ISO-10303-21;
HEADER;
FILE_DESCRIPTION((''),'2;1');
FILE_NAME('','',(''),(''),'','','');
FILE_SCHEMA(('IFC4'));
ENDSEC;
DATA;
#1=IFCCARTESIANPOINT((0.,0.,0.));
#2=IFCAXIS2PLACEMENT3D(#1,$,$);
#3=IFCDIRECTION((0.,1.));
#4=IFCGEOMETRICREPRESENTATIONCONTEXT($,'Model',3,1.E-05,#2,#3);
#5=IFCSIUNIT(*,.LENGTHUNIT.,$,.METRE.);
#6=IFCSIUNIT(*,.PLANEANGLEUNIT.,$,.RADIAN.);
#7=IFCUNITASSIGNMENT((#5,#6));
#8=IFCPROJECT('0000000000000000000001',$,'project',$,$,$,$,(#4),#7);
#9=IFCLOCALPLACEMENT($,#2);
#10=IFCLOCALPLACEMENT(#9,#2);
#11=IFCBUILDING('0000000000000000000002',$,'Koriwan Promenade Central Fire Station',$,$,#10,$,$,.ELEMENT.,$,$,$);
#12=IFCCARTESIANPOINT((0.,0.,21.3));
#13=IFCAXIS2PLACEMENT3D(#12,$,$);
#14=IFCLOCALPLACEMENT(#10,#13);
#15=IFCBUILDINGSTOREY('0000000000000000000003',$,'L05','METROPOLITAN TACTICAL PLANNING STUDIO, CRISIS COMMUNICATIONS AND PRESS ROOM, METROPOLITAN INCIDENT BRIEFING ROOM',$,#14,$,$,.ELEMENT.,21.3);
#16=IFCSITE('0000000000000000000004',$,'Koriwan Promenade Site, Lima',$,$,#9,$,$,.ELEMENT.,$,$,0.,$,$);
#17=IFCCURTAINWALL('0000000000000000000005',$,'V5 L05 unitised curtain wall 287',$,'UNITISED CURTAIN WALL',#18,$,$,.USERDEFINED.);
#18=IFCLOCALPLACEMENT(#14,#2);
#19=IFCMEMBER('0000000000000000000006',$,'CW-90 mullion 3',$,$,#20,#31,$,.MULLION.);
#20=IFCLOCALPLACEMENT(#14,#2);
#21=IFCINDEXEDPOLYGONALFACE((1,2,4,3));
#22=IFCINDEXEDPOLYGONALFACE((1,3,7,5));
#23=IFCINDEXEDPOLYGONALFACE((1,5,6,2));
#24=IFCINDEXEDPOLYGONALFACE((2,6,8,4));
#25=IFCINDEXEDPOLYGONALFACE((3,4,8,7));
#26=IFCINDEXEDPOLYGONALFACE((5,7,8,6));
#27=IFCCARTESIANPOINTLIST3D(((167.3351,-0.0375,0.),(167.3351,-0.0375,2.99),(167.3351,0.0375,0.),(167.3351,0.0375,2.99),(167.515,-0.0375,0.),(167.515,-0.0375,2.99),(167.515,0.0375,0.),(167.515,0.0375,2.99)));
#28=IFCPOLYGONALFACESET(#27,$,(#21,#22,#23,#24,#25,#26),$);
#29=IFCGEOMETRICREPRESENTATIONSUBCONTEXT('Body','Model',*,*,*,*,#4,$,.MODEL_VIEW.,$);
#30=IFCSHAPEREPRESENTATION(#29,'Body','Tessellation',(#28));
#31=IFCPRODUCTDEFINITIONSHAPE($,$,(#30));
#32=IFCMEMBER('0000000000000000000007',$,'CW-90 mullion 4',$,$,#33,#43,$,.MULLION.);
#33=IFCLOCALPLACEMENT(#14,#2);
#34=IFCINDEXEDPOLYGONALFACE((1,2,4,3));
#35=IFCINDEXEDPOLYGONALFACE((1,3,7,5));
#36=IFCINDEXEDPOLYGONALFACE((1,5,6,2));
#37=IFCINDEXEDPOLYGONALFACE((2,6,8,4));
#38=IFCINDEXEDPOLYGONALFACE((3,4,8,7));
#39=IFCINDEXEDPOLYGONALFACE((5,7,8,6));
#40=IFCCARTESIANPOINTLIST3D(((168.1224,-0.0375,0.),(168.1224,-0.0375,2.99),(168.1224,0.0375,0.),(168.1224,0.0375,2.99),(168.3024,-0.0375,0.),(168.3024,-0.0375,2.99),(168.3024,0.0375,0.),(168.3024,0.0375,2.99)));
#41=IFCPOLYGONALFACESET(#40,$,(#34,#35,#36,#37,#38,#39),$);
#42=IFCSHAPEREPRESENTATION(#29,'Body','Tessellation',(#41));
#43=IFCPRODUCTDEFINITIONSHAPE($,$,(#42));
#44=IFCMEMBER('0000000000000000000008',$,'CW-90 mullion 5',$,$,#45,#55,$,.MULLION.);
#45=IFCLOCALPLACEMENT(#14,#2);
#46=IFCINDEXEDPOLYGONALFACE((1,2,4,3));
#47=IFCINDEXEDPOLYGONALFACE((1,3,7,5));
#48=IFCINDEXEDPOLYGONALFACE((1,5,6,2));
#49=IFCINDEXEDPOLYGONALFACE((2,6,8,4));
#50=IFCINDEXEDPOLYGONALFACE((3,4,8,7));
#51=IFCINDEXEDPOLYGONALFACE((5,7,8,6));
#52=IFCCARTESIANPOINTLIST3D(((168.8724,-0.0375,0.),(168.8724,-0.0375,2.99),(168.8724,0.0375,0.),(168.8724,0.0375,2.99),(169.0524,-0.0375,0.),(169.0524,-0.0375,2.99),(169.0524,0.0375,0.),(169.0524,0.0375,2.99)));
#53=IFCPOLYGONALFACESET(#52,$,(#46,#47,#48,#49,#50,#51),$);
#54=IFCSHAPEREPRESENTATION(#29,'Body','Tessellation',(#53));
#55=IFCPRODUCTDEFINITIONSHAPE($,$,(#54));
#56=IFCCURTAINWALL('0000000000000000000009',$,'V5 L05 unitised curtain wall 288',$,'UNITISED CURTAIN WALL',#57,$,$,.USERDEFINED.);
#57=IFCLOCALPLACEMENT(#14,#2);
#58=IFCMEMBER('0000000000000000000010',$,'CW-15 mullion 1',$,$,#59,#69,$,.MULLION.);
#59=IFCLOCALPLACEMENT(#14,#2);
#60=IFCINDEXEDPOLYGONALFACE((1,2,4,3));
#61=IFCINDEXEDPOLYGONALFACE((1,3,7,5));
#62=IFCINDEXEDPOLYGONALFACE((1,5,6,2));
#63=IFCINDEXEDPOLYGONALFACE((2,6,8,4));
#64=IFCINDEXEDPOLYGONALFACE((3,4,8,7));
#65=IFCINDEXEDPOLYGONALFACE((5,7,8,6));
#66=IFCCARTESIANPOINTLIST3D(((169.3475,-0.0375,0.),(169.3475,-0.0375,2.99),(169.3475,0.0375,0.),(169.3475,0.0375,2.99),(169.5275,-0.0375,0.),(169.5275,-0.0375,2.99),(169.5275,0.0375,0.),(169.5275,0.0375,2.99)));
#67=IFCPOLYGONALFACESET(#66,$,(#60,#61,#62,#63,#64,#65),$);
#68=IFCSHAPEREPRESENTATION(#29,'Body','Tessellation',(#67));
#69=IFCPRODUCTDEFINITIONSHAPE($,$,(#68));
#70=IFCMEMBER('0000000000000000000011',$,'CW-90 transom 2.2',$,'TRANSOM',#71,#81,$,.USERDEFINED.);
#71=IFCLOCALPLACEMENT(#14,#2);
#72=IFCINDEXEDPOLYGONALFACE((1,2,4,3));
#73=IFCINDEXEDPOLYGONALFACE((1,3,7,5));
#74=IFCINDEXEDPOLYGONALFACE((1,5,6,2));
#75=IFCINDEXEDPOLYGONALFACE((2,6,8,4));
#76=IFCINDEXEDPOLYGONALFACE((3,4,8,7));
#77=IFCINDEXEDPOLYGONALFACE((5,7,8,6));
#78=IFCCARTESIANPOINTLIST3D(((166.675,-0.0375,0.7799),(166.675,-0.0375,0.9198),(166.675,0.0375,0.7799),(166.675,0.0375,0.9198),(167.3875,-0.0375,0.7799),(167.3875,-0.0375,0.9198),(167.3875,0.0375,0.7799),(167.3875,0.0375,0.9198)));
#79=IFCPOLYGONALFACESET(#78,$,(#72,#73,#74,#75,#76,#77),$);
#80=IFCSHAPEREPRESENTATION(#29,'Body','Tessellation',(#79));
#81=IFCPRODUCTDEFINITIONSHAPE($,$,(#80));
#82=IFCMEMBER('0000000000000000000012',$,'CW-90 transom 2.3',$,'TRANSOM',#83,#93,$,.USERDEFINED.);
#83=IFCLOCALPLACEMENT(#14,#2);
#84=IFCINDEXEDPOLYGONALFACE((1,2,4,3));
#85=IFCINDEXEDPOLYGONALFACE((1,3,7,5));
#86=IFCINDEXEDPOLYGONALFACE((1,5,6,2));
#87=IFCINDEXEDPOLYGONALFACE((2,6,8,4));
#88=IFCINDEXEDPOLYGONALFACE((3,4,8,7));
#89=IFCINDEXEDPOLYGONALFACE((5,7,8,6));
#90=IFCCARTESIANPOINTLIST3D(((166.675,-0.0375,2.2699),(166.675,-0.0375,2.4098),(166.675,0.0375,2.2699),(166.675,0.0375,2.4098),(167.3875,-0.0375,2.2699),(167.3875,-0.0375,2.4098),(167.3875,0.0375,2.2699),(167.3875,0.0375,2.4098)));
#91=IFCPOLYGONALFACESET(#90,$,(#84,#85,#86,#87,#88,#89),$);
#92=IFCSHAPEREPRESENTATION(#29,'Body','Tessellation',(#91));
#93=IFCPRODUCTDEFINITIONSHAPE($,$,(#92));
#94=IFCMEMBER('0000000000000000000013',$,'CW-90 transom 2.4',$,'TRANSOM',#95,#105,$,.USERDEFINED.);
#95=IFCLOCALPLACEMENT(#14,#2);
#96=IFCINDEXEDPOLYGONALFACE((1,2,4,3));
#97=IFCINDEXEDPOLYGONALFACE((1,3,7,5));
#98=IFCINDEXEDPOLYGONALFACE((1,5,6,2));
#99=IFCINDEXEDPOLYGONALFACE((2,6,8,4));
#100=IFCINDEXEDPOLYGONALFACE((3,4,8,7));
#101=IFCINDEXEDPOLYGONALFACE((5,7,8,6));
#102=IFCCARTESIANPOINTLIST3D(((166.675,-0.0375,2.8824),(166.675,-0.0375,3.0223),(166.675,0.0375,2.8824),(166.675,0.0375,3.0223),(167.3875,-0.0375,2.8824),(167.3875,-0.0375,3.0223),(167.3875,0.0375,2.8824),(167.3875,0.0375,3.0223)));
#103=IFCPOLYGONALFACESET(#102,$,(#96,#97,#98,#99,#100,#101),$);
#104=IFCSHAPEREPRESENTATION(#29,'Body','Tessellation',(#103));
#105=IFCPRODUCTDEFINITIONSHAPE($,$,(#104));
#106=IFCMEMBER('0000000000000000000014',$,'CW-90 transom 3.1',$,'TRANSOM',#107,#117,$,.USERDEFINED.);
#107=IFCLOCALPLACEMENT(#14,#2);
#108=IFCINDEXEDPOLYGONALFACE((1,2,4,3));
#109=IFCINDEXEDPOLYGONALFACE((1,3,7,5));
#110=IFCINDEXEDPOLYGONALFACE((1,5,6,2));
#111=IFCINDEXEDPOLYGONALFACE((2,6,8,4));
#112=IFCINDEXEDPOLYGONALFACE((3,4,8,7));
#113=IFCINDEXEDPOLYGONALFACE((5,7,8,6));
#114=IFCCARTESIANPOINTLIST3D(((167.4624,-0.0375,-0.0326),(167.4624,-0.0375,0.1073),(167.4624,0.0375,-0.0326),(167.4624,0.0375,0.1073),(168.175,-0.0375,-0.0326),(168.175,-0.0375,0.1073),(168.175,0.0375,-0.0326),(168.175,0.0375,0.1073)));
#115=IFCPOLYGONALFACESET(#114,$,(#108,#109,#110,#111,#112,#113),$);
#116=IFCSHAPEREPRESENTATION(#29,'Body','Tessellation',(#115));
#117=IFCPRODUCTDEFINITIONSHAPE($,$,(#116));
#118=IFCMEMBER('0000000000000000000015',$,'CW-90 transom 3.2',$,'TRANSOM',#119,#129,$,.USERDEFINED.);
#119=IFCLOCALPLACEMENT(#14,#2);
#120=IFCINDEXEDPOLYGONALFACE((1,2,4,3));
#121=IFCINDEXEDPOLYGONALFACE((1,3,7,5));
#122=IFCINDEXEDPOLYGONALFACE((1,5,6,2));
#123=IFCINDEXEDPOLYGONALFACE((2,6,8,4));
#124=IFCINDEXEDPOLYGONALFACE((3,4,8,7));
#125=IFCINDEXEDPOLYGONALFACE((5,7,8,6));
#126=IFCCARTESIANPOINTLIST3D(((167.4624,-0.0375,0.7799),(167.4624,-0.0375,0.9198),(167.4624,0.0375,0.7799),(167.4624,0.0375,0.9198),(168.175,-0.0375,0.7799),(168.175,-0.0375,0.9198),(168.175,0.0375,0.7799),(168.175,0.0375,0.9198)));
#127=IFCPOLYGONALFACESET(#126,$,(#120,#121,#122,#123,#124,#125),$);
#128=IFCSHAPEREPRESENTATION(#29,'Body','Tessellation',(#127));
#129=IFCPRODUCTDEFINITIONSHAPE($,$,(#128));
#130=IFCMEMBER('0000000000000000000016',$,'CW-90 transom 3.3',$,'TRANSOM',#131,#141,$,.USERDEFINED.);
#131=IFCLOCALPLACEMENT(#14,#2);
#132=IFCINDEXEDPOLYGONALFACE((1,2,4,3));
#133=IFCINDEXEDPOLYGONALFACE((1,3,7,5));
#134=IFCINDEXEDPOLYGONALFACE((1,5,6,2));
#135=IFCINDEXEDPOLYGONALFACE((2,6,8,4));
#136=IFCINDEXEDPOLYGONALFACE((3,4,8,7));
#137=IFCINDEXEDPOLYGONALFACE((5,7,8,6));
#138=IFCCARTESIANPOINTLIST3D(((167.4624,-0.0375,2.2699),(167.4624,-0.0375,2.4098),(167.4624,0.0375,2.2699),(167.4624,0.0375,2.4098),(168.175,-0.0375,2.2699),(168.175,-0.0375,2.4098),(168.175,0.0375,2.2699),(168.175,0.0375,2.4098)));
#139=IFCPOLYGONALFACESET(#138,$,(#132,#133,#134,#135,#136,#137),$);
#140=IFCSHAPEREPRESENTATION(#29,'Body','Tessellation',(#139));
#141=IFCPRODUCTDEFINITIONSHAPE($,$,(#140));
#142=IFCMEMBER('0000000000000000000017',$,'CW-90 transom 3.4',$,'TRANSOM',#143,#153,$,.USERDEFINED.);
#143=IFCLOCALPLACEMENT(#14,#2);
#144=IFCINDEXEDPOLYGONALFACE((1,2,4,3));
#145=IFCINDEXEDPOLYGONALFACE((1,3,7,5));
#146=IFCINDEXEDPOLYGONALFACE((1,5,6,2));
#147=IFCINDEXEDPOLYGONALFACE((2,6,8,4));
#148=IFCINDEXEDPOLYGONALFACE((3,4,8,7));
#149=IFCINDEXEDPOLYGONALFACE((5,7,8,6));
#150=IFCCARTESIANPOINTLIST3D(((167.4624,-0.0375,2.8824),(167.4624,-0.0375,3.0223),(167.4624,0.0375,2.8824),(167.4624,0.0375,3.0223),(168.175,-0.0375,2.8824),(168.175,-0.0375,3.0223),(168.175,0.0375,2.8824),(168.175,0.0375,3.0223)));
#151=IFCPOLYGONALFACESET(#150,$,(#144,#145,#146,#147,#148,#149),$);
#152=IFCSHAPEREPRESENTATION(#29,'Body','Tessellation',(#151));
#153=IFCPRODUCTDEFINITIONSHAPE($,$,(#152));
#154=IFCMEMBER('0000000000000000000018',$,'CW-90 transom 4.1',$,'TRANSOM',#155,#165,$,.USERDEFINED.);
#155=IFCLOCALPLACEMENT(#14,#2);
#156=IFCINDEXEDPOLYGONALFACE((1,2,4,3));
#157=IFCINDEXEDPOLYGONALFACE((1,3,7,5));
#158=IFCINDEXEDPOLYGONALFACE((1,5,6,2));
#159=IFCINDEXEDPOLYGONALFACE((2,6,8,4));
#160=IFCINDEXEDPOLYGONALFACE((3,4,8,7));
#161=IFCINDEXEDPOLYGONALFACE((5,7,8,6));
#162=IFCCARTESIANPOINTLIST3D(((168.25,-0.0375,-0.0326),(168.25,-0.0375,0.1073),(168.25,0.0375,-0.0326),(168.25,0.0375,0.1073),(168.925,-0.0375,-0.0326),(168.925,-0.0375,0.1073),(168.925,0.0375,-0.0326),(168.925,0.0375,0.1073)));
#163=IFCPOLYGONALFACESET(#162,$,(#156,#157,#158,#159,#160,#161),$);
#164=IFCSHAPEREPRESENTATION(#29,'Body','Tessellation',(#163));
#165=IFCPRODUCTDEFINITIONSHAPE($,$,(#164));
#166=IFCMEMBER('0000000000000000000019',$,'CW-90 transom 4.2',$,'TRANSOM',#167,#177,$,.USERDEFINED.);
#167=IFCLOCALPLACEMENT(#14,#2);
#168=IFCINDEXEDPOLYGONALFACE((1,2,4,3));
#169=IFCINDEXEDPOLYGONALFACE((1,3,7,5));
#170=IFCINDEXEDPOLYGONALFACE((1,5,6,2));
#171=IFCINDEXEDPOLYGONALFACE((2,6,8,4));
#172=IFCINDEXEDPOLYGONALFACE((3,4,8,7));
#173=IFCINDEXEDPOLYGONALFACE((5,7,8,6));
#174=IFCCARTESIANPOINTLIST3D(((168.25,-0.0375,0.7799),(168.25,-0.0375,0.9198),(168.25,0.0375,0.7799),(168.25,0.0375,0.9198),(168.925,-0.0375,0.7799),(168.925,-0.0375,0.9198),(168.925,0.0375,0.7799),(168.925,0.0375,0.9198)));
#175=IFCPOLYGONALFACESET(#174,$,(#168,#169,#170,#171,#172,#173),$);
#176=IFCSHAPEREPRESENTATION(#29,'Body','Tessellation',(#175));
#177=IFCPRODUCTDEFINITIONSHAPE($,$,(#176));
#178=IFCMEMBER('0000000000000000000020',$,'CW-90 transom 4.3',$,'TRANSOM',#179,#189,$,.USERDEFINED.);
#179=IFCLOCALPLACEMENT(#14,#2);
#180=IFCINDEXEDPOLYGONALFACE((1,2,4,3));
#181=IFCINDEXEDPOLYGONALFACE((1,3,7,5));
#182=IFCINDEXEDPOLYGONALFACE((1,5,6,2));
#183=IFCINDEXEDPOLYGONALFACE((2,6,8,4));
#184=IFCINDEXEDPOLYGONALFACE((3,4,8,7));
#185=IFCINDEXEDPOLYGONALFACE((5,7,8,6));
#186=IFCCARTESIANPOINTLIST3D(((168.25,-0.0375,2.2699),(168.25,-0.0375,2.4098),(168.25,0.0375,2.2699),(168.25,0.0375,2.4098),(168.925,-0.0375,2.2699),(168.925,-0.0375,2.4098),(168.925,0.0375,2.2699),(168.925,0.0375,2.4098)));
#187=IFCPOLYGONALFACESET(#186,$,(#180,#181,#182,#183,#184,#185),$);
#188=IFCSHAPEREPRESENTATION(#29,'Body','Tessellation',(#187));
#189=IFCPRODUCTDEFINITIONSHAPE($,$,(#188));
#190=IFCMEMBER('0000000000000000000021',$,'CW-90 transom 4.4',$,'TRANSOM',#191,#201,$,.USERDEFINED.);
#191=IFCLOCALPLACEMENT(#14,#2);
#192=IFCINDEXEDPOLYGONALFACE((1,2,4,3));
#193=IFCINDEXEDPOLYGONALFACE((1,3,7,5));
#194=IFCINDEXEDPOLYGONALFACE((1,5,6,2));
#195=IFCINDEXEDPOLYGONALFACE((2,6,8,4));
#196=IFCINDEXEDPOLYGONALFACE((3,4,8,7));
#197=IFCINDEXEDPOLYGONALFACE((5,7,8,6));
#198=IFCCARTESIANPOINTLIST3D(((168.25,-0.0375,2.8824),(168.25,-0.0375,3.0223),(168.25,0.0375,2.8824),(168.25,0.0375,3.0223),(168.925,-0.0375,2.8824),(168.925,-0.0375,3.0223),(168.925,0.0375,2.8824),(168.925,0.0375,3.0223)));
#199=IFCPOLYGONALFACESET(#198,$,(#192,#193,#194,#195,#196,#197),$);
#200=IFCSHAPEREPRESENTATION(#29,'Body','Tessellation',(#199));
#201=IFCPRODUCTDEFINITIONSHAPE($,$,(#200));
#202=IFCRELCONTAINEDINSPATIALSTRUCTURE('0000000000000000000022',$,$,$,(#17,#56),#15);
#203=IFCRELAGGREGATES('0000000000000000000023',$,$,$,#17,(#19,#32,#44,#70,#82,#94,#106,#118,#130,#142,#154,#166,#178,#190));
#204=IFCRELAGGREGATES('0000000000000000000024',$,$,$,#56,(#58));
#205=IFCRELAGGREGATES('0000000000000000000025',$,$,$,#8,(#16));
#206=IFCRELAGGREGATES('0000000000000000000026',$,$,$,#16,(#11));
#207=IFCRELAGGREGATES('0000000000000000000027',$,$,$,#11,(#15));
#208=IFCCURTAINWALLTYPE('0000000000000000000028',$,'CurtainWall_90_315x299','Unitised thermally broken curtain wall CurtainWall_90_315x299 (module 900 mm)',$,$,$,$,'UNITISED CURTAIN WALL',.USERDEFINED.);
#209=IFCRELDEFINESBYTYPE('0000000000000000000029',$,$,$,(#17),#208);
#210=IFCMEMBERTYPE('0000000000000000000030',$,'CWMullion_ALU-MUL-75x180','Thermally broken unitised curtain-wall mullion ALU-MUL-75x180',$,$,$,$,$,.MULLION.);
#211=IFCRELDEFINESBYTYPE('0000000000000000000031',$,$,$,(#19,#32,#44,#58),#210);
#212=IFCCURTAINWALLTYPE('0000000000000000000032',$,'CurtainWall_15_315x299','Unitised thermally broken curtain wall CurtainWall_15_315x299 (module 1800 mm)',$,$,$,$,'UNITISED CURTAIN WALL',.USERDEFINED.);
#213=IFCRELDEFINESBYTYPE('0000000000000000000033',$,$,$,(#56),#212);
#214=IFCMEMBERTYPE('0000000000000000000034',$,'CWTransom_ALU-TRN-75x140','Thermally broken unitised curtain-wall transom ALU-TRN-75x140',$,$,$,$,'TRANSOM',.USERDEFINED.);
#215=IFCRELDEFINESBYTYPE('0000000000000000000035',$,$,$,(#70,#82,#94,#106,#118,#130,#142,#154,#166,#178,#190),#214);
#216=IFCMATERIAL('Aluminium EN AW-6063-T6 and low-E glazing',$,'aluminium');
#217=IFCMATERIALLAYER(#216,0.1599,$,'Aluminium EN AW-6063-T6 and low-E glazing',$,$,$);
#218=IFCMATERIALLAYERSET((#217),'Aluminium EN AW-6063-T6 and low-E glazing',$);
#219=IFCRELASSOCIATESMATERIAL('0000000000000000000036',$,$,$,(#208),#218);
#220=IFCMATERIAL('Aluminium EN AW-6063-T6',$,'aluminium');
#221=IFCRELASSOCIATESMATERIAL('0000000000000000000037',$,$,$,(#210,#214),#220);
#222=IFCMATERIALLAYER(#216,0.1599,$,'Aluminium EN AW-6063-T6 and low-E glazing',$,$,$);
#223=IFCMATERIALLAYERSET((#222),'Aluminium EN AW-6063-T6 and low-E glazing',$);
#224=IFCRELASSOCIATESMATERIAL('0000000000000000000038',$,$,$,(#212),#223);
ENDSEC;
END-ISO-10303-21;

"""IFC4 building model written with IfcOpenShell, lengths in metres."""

from ifc_helpers import new_model, si_unit, direction, frame, origin, origin_2d, place, context, subcontext, project, spatial, rectangle, extrude, material, layer, layer_set, material_profile, profile_set, type_object, element, aggregate, save


model = new_model("IFC4")

# Units and contexts
model_context = context("Model", 3, precision=1e-05, world=origin(), true_north=direction((0.0, 1.0)))
body_context = subcontext(model_context, "Body", "Model", "MODEL_VIEW")
ifc_project = project(units=[si_unit("LENGTHUNIT", "METRE"), si_unit("PLANEANGLEUNIT", "RADIAN")], contexts=[model_context])

# Site, building, storey
site_placement = place(None, origin())
site = spatial("IfcSite", under=ifc_project, at=site_placement, Name="Koriwan Promenade Site, Lima", CompositionType="ELEMENT", RefElevation=0.0)
building_placement = place(site_placement, origin())
building = spatial("IfcBuilding", under=site, at=building_placement, Name="Koriwan Promenade Central Fire Station", CompositionType="ELEMENT")
storey_placement = place(building_placement, frame((0.0, 0.0, 21.3)))
storey = spatial("IfcBuildingStorey", under=building, at=storey_placement, Name="L05", Description="METROPOLITAN TACTICAL PLANNING STUDIO, CRISIS COMMUNICATIONS AND PRESS ROOM, METROPOLITAN INCIDENT BRIEFING ROOM", CompositionType="ELEMENT", Elevation=21.3)

# Curtain wall, members
ifc_material_1 = material(Name="Aluminium EN AW-6063-T6 and low-E glazing", Category="aluminium")
ifc_layer_1 = layer(ifc_material_1, 0.1599, Name="Aluminium EN AW-6063-T6 and low-E glazing")
ifc_layer_set_1 = layer_set([ifc_layer_1], Name="Aluminium EN AW-6063-T6 and low-E glazing")
curtain_wall_type_1 = type_object("IfcCurtainWallType", Name="CurtainWall_90_315x299", Description="Unitised thermally broken curtain wall CurtainWall_90_315x299 (module 900 mm)", ElementType="UNITISED CURTAIN WALL", PredefinedType="USERDEFINED", material=ifc_layer_set_1)
curtain_wall_1_placement = place(storey_placement, origin())
curtain_wall_1 = element("IfcCurtainWall", 1, at=curtain_wall_1_placement, inside=storey, type_object=curtain_wall_type_1, Name="V5 L05 unitised curtain wall 287", ObjectType="UNITISED CURTAIN WALL", PredefinedType="USERDEFINED")
ifc_material_2 = material(Name="Aluminium EN AW-6063-T6", Category="aluminium")
ifc_material_profile_1 = material_profile(ifc_material_2, rectangle(XDim=0.075, YDim=0.1799, at=origin_2d()), Name="ALU-MUL-75x180")
ifc_profile_set_1 = profile_set([ifc_material_profile_1], Name="Aluminium EN AW-6063-T6")
member_type_1 = type_object("IfcMemberType", Name="CWMullion_ALU-MUL-75x180", Description="Thermally broken unitised curtain-wall mullion ALU-MUL-75x180", PredefinedType="MULLION", material=ifc_profile_set_1)
member_1_placement = place(storey_placement, frame((167.425, 0.0, 0.0), z_axis=(0.0, 0.0, 1.0), x_axis=(0.0, 1.0, 0.0)))
member_1 = element("IfcMember", 2, at=member_1_placement, type_object=member_type_1, Name="CW-90 mullion 3", PredefinedType="MULLION", context=body_context, shape_type="SweptSolid", body=[
    extrude(rectangle(XDim=0.075, YDim=0.1799, at=origin_2d()), origin(), (0.0, 0.0, 1.0), 2.99),
])
member_2_placement = place(storey_placement, frame((168.2124, 0.0, 0.0), z_axis=(0.0, 0.0, 1.0), x_axis=(0.0, 1.0, 0.0)))
member_2 = element("IfcMember", 3, at=member_2_placement, type_object=member_type_1, Name="CW-90 mullion 4", PredefinedType="MULLION", context=body_context, shape_type="SweptSolid", body=[
    extrude(rectangle(XDim=0.075, YDim=0.1799, at=origin_2d()), origin(), (0.0, 0.0, 1.0), 2.99),
])
member_3_placement = place(storey_placement, frame((168.9624, 0.0, 0.0), z_axis=(0.0, 0.0, 1.0), x_axis=(0.0, 1.0, 0.0)))
member_3 = element("IfcMember", 4, at=member_3_placement, type_object=member_type_1, Name="CW-90 mullion 5", PredefinedType="MULLION", context=body_context, shape_type="SweptSolid", body=[
    extrude(rectangle(XDim=0.075, YDim=0.1799, at=origin_2d()), origin(), (0.0, 0.0, 1.0), 2.99),
])

# Curtain wall, member
ifc_layer_2 = layer(ifc_material_1, 0.1599, Name="Aluminium EN AW-6063-T6 and low-E glazing")
ifc_layer_set_2 = layer_set([ifc_layer_2], Name="Aluminium EN AW-6063-T6 and low-E glazing")
curtain_wall_type_2 = type_object("IfcCurtainWallType", Name="CurtainWall_15_315x299", Description="Unitised thermally broken curtain wall CurtainWall_15_315x299 (module 1800 mm)", ElementType="UNITISED CURTAIN WALL", PredefinedType="USERDEFINED", material=ifc_layer_set_2)
curtain_wall_2_placement = place(storey_placement, origin())
curtain_wall_2 = element("IfcCurtainWall", 5, at=curtain_wall_2_placement, inside=storey, type_object=curtain_wall_type_2, Name="V5 L05 unitised curtain wall 288", ObjectType="UNITISED CURTAIN WALL", PredefinedType="USERDEFINED")
member_4_placement = place(storey_placement, frame((169.4375, 0.0, 0.0), z_axis=(0.0, 0.0, 1.0), x_axis=(0.0, 1.0, 0.0)))
member_4 = element("IfcMember", 6, at=member_4_placement, type_object=member_type_1, Name="CW-15 mullion 1", PredefinedType="MULLION", context=body_context, shape_type="SweptSolid", body=[
    extrude(rectangle(XDim=0.075, YDim=0.1799, at=origin_2d()), origin(), (0.0, 0.0, 1.0), 2.99),
])

# Members
ifc_material_profile_2 = material_profile(ifc_material_2, rectangle(XDim=0.075, YDim=0.1399, at=origin_2d()), Name="ALU-TRN-75x140")
ifc_profile_set_2 = profile_set([ifc_material_profile_2], Name="Aluminium EN AW-6063-T6")
member_type_2 = type_object("IfcMemberType", Name="CWTransom_ALU-TRN-75x140", Description="Thermally broken unitised curtain-wall transom ALU-TRN-75x140", ElementType="TRANSOM", PredefinedType="USERDEFINED", material=ifc_profile_set_2)
member_5_placement = place(storey_placement, frame((166.675, 0.0, 0.8499), z_axis=(1.0, 0.0, 0.0), x_axis=(0.0, 1.0, 0.0)))
member_5 = element("IfcMember", 7, at=member_5_placement, type_object=member_type_2, Name="CW-90 transom 2.2", ObjectType="TRANSOM", PredefinedType="USERDEFINED", context=body_context, shape_type="SweptSolid", body=[
    extrude(rectangle(XDim=0.075, YDim=0.1399, at=origin_2d()), origin(), (0.0, 0.0, 1.0), 0.7124),
])
member_6_placement = place(storey_placement, frame((166.675, 0.0, 2.3398), z_axis=(1.0, 0.0, 0.0), x_axis=(0.0, 1.0, 0.0)))
member_6 = element("IfcMember", 8, at=member_6_placement, type_object=member_type_2, Name="CW-90 transom 2.3", ObjectType="TRANSOM", PredefinedType="USERDEFINED", context=body_context, shape_type="SweptSolid", body=[
    extrude(rectangle(XDim=0.075, YDim=0.1399, at=origin_2d()), origin(), (0.0, 0.0, 1.0), 0.7124),
])
member_7_placement = place(storey_placement, frame((166.675, 0.0, 2.9524), z_axis=(1.0, 0.0, 0.0), x_axis=(0.0, 1.0, 0.0)))
member_7 = element("IfcMember", 9, at=member_7_placement, type_object=member_type_2, Name="CW-90 transom 2.4", ObjectType="TRANSOM", PredefinedType="USERDEFINED", context=body_context, shape_type="SweptSolid", body=[
    extrude(rectangle(XDim=0.075, YDim=0.1399, at=origin_2d()), origin(), (0.0, 0.0, 1.0), 0.7124),
])
member_8_placement = place(storey_placement, frame((167.4624, 0.0, 0.0374), z_axis=(1.0, 0.0, 0.0), x_axis=(0.0, 1.0, 0.0)))
member_8 = element("IfcMember", 10, at=member_8_placement, type_object=member_type_2, Name="CW-90 transom 3.1", ObjectType="TRANSOM", PredefinedType="USERDEFINED", context=body_context, shape_type="SweptSolid", body=[
    extrude(rectangle(XDim=0.075, YDim=0.1399, at=origin_2d()), origin(), (0.0, 0.0, 1.0), 0.7126),
])
member_9_placement = place(storey_placement, frame((167.4624, 0.0, 0.8499), z_axis=(1.0, 0.0, 0.0), x_axis=(0.0, 1.0, 0.0)))
member_9 = element("IfcMember", 11, at=member_9_placement, type_object=member_type_2, Name="CW-90 transom 3.2", ObjectType="TRANSOM", PredefinedType="USERDEFINED", context=body_context, shape_type="SweptSolid", body=[
    extrude(rectangle(XDim=0.075, YDim=0.1399, at=origin_2d()), origin(), (0.0, 0.0, 1.0), 0.7126),
])
member_10_placement = place(storey_placement, frame((167.4624, 0.0, 2.3398), z_axis=(1.0, 0.0, 0.0), x_axis=(0.0, 1.0, 0.0)))
member_10 = element("IfcMember", 12, at=member_10_placement, type_object=member_type_2, Name="CW-90 transom 3.3", ObjectType="TRANSOM", PredefinedType="USERDEFINED", context=body_context, shape_type="SweptSolid", body=[
    extrude(rectangle(XDim=0.075, YDim=0.1399, at=origin_2d()), origin(), (0.0, 0.0, 1.0), 0.7126),
])
member_11_placement = place(storey_placement, frame((167.4624, 0.0, 2.9524), z_axis=(1.0, 0.0, 0.0), x_axis=(0.0, 1.0, 0.0)))
member_11 = element("IfcMember", 13, at=member_11_placement, type_object=member_type_2, Name="CW-90 transom 3.4", ObjectType="TRANSOM", PredefinedType="USERDEFINED", context=body_context, shape_type="SweptSolid", body=[
    extrude(rectangle(XDim=0.075, YDim=0.1399, at=origin_2d()), origin(), (0.0, 0.0, 1.0), 0.7126),
])
member_12_placement = place(storey_placement, frame((168.25, 0.0, 0.0374), z_axis=(1.0, 0.0, 0.0), x_axis=(0.0, 1.0, 0.0)))
member_12 = element("IfcMember", 14, at=member_12_placement, type_object=member_type_2, Name="CW-90 transom 4.1", ObjectType="TRANSOM", PredefinedType="USERDEFINED", context=body_context, shape_type="SweptSolid", body=[
    extrude(rectangle(XDim=0.075, YDim=0.1399, at=origin_2d()), origin(), (0.0, 0.0, 1.0), 0.675),
])
member_13_placement = place(storey_placement, frame((168.25, 0.0, 0.8499), z_axis=(1.0, 0.0, 0.0), x_axis=(0.0, 1.0, 0.0)))
member_13 = element("IfcMember", 15, at=member_13_placement, type_object=member_type_2, Name="CW-90 transom 4.2", ObjectType="TRANSOM", PredefinedType="USERDEFINED", context=body_context, shape_type="SweptSolid", body=[
    extrude(rectangle(XDim=0.075, YDim=0.1399, at=origin_2d()), origin(), (0.0, 0.0, 1.0), 0.675),
])
member_14_placement = place(storey_placement, frame((168.25, 0.0, 2.3398), z_axis=(1.0, 0.0, 0.0), x_axis=(0.0, 1.0, 0.0)))
member_14 = element("IfcMember", 16, at=member_14_placement, type_object=member_type_2, Name="CW-90 transom 4.3", ObjectType="TRANSOM", PredefinedType="USERDEFINED", context=body_context, shape_type="SweptSolid", body=[
    extrude(rectangle(XDim=0.075, YDim=0.1399, at=origin_2d()), origin(), (0.0, 0.0, 1.0), 0.675),
])
member_15_placement = place(storey_placement, frame((168.25, 0.0, 2.9524), z_axis=(1.0, 0.0, 0.0), x_axis=(0.0, 1.0, 0.0)))
member_15 = element("IfcMember", 17, at=member_15_placement, type_object=member_type_2, Name="CW-90 transom 4.4", ObjectType="TRANSOM", PredefinedType="USERDEFINED", context=body_context, shape_type="SweptSolid", body=[
    extrude(rectangle(XDim=0.075, YDim=0.1399, at=origin_2d()), origin(), (0.0, 0.0, 1.0), 0.675),
])

aggregate(curtain_wall_1, [member_1, member_2, member_3, member_5, member_6, member_7, member_8, member_9, member_10, member_11, member_12, member_13, member_14, member_15])
aggregate(curtain_wall_2, [member_4])

save(model, "model.ifc")
